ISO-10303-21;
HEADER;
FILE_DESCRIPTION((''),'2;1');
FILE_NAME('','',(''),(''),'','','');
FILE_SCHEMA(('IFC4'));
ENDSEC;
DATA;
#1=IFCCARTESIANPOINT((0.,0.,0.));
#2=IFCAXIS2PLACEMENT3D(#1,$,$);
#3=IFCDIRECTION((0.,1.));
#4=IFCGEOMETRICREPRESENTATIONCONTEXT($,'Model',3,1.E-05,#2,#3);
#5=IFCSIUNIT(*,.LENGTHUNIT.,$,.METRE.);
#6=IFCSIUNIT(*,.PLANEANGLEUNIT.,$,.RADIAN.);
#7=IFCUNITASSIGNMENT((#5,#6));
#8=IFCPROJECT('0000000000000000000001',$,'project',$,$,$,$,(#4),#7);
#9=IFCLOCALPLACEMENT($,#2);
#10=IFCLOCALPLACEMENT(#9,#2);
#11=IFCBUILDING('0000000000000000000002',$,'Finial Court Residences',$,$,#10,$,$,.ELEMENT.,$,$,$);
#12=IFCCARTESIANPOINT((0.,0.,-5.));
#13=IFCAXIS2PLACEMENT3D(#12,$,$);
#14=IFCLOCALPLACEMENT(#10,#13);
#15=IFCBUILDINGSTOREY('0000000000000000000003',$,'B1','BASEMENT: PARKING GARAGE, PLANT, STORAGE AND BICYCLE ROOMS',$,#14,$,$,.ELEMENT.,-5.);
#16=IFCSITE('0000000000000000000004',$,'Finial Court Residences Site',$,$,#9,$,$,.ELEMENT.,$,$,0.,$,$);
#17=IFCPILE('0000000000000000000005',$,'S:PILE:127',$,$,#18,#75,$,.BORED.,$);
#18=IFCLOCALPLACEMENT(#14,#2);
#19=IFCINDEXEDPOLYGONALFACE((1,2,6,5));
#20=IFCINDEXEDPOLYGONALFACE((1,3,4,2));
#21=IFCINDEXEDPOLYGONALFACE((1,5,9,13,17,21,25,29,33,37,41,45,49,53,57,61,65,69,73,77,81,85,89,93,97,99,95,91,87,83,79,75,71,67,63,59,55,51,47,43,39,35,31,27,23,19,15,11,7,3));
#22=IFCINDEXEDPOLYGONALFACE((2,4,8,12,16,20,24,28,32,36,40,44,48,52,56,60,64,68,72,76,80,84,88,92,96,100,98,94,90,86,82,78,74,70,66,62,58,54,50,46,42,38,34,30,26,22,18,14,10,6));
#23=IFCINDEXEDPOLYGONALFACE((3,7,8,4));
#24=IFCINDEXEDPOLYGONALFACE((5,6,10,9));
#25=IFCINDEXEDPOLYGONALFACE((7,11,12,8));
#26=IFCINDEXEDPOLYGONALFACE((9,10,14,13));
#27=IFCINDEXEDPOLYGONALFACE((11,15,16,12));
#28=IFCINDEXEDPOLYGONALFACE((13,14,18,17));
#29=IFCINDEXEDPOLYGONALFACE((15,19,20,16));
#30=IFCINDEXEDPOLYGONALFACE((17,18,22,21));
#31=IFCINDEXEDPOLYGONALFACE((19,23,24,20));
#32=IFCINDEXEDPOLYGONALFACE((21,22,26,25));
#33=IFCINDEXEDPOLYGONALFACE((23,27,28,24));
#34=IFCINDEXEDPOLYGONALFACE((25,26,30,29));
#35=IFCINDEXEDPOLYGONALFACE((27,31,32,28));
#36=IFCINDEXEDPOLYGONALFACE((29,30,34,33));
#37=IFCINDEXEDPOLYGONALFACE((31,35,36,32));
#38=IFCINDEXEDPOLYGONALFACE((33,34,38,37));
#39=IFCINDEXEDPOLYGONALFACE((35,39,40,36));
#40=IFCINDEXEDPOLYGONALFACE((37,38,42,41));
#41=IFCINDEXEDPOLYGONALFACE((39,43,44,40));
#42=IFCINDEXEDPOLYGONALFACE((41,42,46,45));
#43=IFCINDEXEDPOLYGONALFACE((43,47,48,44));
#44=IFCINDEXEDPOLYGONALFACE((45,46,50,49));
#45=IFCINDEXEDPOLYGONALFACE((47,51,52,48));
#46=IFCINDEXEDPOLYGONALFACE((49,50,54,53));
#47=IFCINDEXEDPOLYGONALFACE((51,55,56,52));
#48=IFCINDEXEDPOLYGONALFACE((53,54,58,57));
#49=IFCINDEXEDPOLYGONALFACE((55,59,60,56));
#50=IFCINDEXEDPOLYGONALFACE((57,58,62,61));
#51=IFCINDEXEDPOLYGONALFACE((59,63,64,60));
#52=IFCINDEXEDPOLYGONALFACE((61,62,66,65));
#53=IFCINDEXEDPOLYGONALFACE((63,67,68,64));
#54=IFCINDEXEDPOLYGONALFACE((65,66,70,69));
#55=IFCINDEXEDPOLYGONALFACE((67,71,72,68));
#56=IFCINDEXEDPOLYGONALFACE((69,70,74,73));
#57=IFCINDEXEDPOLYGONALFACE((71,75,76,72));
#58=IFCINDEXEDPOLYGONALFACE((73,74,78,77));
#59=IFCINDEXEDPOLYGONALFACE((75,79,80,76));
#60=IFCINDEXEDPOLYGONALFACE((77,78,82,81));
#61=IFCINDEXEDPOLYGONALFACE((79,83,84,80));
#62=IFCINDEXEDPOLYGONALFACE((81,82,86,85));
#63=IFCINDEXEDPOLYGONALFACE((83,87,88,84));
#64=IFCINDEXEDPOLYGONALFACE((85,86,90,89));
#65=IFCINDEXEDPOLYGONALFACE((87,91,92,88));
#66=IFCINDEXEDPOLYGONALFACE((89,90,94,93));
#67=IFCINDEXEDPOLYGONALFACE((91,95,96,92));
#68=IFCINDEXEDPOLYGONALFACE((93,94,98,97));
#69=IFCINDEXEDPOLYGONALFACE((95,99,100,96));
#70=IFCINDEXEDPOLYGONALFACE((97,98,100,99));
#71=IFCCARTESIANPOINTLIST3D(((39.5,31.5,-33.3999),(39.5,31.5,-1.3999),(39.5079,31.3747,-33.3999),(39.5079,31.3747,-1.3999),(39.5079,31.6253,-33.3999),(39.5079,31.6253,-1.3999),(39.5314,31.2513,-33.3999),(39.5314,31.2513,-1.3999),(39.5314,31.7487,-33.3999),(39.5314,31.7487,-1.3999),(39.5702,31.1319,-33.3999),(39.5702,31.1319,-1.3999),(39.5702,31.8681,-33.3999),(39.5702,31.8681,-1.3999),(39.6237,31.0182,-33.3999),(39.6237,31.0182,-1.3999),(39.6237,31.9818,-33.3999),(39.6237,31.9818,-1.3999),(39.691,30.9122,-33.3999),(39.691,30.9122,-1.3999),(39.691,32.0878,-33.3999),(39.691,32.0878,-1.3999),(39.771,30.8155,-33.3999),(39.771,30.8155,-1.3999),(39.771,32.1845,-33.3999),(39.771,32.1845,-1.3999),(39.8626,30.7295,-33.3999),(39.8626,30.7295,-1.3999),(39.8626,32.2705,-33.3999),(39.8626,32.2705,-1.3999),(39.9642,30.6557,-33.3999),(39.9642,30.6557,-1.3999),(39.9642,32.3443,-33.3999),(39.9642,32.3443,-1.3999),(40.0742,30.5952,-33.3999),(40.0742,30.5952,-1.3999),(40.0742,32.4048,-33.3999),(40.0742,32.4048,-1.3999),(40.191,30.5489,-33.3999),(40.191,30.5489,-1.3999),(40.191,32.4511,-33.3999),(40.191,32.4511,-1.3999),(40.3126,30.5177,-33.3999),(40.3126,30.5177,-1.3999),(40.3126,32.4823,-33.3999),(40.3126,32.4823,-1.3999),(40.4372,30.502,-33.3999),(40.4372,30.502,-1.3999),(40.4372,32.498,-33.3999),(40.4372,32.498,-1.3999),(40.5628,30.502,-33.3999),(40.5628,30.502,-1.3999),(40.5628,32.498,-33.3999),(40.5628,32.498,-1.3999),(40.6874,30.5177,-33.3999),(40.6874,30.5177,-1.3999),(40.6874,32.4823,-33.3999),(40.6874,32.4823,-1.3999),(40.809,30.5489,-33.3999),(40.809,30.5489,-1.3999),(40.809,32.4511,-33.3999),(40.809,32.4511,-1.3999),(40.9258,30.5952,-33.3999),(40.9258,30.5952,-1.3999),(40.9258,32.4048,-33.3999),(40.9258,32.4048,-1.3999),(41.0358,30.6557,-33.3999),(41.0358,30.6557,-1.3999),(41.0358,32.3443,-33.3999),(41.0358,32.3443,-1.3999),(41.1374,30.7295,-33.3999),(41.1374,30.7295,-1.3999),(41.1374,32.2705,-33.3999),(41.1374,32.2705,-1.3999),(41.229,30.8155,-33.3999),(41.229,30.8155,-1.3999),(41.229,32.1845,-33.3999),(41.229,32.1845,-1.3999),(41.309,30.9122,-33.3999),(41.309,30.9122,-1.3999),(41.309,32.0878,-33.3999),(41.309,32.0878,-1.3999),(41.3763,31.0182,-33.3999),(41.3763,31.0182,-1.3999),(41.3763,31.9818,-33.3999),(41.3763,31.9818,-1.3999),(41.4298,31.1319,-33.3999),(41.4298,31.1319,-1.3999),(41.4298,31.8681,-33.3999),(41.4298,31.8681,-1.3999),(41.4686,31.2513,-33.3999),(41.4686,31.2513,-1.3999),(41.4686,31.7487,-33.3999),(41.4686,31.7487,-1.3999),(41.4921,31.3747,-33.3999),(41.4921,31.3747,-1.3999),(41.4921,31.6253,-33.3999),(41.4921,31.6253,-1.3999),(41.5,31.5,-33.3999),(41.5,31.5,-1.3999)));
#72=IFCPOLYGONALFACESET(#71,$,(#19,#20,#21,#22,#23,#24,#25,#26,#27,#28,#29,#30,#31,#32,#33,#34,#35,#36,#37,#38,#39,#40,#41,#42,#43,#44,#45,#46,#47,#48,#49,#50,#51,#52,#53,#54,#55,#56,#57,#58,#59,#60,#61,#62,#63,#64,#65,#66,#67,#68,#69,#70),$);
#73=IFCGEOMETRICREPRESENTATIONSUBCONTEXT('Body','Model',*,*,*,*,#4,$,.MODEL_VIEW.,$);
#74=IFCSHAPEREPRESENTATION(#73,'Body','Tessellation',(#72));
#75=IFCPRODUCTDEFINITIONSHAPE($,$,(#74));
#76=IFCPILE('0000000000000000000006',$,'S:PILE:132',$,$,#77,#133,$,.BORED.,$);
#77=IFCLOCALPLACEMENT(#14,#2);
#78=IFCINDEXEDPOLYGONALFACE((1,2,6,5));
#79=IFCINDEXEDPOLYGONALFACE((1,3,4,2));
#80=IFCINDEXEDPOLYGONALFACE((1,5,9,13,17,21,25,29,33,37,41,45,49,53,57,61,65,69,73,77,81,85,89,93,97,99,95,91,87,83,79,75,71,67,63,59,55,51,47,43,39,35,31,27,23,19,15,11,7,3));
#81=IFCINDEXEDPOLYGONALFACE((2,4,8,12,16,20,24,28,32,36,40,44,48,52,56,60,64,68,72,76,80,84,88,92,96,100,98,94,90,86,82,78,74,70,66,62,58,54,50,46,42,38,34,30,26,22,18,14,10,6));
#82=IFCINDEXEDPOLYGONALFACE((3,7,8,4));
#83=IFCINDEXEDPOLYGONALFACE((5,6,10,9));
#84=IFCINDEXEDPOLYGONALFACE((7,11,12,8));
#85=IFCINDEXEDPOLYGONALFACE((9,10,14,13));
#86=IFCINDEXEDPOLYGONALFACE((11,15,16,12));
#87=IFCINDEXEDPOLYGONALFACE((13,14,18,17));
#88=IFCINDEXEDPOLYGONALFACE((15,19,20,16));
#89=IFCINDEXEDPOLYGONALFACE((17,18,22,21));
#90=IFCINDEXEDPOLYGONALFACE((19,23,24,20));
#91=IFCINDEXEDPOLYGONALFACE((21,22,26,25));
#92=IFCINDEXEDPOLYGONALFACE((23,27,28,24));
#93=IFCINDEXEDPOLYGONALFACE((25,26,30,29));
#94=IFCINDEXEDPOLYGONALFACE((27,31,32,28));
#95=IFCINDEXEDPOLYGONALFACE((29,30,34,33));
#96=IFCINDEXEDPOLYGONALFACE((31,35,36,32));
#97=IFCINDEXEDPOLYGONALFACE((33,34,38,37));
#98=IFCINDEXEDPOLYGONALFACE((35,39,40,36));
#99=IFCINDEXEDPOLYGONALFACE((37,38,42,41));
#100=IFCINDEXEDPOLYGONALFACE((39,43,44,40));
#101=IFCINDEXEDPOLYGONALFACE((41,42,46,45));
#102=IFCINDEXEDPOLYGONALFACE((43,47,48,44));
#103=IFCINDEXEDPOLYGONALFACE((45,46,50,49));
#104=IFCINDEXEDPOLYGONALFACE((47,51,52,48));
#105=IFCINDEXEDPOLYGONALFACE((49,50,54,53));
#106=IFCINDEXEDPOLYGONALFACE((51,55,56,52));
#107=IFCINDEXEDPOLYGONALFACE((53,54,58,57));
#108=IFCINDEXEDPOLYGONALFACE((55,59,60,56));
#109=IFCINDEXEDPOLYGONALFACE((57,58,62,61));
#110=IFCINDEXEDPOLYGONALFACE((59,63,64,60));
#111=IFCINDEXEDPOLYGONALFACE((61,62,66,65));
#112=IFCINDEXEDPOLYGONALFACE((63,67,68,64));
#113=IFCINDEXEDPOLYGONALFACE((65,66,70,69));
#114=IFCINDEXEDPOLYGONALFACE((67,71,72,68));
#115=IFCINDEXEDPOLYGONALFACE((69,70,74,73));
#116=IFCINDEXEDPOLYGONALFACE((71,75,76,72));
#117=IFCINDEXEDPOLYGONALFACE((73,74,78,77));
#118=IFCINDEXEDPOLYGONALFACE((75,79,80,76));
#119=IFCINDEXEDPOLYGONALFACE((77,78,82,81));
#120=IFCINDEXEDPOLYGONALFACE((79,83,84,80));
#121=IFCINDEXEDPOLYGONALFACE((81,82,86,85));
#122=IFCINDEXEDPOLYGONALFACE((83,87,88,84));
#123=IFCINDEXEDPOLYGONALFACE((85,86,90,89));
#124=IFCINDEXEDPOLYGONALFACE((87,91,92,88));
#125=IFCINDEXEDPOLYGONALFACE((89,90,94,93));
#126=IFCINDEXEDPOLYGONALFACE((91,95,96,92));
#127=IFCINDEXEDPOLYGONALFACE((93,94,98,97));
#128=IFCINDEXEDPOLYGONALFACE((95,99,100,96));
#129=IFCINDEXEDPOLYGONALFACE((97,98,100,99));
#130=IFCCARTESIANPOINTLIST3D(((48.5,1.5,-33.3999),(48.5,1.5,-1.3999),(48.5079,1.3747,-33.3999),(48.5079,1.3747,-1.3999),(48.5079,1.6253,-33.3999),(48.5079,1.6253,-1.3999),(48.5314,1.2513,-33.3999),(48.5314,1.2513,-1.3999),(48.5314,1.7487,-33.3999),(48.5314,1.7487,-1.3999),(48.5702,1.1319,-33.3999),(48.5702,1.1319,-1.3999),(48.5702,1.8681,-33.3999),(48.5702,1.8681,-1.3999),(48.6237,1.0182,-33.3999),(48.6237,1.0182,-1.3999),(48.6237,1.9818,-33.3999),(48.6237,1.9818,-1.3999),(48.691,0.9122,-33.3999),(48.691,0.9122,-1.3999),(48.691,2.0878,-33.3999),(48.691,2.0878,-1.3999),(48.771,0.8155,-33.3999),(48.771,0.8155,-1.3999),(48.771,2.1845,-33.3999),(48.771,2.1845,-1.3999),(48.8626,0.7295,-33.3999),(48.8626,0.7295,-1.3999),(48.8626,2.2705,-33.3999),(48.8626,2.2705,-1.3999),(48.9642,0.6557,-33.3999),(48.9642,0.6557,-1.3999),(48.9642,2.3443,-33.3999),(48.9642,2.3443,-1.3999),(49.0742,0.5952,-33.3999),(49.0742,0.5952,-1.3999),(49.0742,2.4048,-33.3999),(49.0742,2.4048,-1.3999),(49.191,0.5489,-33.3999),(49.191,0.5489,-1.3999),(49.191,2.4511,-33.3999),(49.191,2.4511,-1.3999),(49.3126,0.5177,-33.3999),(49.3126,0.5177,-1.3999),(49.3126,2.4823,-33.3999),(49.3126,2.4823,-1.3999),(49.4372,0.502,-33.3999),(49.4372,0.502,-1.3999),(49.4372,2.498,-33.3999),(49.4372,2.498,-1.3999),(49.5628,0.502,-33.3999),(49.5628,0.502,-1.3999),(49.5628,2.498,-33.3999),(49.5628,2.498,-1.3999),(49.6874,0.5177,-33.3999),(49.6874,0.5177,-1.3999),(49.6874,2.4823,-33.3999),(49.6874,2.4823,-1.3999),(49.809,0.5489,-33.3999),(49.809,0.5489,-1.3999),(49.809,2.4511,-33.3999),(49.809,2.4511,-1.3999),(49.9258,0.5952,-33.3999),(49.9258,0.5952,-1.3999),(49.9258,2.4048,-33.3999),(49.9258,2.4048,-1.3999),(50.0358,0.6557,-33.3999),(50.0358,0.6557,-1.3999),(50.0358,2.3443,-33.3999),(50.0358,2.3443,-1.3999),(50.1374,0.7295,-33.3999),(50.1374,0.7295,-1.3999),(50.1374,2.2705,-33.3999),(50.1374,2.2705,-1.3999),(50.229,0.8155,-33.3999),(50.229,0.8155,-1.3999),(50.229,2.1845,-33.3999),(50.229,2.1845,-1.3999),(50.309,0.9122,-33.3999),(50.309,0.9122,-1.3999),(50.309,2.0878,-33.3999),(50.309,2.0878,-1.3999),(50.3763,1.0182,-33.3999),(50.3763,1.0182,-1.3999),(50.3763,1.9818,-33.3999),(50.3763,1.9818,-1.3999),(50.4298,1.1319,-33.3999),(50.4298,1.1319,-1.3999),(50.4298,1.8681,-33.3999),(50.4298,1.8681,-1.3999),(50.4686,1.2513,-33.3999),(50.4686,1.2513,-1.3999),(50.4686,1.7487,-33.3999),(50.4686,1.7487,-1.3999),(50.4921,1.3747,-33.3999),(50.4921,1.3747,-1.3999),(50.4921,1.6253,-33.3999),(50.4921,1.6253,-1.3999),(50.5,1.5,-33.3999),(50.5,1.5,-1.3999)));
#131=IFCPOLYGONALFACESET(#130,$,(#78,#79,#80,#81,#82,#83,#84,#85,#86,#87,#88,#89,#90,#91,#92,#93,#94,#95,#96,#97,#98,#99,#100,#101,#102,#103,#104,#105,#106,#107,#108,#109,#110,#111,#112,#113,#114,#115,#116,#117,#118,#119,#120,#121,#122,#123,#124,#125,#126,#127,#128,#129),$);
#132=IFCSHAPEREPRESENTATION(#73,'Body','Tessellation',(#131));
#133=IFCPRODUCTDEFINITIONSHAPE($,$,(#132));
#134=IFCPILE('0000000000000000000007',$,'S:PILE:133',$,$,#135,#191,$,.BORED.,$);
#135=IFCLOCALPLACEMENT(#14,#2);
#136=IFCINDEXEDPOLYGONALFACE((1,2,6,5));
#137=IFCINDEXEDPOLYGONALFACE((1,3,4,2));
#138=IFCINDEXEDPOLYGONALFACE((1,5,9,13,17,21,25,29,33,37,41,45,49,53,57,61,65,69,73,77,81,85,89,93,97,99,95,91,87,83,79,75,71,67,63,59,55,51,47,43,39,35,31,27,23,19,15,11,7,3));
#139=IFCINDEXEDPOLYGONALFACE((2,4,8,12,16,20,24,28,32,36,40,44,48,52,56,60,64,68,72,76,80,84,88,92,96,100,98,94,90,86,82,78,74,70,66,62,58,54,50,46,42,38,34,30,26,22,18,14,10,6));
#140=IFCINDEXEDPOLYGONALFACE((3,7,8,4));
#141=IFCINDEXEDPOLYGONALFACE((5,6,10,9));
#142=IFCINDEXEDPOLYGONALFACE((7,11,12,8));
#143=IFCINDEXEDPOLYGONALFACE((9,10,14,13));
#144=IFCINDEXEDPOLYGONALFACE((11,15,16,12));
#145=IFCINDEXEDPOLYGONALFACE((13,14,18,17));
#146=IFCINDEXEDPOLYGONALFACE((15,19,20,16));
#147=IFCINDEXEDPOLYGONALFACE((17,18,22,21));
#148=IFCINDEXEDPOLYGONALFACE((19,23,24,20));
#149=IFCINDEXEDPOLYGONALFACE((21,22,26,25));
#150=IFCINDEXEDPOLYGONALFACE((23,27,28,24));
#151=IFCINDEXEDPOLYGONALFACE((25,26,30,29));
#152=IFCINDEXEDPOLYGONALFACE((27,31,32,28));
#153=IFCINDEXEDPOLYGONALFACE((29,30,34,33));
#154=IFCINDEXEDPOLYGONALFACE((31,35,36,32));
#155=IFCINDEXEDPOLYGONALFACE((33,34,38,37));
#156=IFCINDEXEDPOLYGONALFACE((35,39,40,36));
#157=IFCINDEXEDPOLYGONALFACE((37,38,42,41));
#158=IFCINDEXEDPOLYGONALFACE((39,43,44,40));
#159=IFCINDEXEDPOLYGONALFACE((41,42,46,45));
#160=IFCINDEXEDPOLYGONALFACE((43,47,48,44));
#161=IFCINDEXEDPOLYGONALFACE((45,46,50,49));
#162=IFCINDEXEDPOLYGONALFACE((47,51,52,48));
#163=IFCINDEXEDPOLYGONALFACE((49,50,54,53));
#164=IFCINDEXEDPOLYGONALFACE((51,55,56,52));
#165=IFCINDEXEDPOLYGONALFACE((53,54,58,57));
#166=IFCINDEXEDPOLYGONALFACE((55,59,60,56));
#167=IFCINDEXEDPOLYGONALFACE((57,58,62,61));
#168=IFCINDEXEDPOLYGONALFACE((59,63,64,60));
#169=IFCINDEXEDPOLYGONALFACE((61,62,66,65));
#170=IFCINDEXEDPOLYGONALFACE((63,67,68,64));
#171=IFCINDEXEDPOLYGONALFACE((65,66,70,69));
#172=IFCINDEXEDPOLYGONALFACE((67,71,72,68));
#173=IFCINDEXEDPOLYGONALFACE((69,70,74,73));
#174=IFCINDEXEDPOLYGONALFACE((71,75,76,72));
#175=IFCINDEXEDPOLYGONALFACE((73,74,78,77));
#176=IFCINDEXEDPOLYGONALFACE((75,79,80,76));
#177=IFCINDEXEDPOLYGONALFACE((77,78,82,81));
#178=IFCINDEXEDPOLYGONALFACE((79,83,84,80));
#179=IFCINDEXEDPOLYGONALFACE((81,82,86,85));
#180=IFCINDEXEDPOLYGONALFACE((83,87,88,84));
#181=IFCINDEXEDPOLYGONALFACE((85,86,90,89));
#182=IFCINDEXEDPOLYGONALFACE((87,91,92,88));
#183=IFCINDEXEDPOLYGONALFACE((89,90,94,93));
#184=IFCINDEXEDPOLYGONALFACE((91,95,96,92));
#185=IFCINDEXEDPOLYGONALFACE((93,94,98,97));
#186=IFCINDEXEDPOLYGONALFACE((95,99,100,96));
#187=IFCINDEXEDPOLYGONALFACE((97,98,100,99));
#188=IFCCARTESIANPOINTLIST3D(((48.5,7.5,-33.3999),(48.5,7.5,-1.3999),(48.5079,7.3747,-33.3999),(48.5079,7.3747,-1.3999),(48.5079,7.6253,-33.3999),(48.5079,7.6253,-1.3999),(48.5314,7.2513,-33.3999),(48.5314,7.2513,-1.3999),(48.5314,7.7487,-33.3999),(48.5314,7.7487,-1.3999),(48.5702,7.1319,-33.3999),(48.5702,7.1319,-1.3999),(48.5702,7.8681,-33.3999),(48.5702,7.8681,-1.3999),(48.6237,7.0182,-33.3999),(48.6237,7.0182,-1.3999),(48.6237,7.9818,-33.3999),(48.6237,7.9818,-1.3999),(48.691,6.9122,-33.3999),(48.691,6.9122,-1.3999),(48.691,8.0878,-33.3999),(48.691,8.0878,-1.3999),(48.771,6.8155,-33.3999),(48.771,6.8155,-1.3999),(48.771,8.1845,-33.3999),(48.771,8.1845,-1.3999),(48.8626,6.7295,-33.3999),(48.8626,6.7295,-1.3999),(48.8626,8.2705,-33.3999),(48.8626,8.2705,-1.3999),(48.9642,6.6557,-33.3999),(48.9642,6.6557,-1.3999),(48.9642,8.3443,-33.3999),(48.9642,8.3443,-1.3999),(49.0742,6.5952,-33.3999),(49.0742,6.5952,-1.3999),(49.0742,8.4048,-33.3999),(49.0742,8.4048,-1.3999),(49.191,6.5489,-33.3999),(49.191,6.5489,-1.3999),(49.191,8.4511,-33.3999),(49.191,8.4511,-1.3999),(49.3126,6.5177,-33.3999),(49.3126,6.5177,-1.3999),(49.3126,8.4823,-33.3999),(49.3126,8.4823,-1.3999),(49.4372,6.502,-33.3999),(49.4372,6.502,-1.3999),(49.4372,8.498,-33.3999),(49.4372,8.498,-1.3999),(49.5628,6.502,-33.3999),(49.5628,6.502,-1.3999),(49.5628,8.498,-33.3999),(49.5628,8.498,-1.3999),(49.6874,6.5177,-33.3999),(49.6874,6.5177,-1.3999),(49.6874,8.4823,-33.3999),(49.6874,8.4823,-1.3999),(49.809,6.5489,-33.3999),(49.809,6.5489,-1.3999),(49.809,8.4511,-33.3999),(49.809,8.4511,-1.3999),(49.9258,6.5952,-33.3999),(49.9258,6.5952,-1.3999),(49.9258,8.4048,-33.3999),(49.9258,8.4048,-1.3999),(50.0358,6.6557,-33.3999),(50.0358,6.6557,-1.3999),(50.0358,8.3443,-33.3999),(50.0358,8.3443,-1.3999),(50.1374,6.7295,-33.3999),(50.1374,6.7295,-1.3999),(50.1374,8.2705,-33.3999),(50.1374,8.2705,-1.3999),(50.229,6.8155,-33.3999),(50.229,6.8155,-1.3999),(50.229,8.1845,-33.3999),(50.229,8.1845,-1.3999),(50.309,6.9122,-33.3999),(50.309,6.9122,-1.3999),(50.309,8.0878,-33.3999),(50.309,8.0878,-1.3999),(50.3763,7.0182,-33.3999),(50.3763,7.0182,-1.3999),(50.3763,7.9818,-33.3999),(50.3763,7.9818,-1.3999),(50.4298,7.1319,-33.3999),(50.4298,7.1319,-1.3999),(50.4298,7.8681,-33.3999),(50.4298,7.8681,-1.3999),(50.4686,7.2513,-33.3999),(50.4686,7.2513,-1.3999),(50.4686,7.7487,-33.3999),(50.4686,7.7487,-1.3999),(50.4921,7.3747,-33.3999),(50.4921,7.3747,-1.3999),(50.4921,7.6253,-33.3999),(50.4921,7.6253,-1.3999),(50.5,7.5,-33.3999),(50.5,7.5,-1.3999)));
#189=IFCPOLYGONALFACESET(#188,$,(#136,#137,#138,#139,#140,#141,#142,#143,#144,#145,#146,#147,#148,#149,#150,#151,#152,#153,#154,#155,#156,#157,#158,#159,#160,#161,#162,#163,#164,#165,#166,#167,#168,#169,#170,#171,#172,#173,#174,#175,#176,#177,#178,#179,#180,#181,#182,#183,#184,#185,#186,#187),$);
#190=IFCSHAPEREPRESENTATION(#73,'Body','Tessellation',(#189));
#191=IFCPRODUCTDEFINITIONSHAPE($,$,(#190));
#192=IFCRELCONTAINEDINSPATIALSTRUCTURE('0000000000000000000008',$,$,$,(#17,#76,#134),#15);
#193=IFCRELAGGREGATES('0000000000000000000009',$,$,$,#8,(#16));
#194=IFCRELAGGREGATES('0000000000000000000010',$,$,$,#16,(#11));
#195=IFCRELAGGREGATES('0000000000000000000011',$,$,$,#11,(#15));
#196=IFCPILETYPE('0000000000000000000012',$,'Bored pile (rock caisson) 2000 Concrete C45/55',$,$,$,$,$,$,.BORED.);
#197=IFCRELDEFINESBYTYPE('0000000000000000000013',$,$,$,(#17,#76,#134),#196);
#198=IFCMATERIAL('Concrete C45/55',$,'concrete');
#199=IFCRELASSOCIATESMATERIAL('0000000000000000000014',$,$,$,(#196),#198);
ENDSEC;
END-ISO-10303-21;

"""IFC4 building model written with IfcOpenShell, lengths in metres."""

from ifc_helpers import new_model, si_unit, direction, frame, origin, origin_2d, place, context, subcontext, project, spatial, circle, extrude, material, material_profile, profile_set, type_object, element, save


model = new_model("IFC4")

# Units and contexts
model_context = context("Model", 3, precision=1e-05, world=origin(), true_north=direction((0.0, 1.0)))
body_context = subcontext(model_context, "Body", "Model", "MODEL_VIEW")
ifc_project = project(units=[si_unit("LENGTHUNIT", "METRE"), si_unit("PLANEANGLEUNIT", "RADIAN")], contexts=[model_context])

# Site, building, storey
site_placement = place(None, origin())
site = spatial("IfcSite", under=ifc_project, at=site_placement, Name="Finial Court Residences Site", CompositionType="ELEMENT", RefElevation=0.0)
building_placement = place(site_placement, origin())
building = spatial("IfcBuilding", under=site, at=building_placement, Name="Finial Court Residences", CompositionType="ELEMENT")
storey_placement = place(building_placement, frame((0.0, 0.0, -5.0)))
storey = spatial("IfcBuildingStorey", under=building, at=storey_placement, Name="B1", Description="BASEMENT: PARKING GARAGE, PLANT, STORAGE AND BICYCLE ROOMS", CompositionType="ELEMENT", Elevation=-5.0)

# Piles
ifc_material_1 = material(Name="Concrete C45/55", Category="concrete")
ifc_material_profile_1 = material_profile(ifc_material_1, circle(Radius=1.0, at=origin_2d()), Name="D2000")
ifc_profile_set_1 = profile_set([ifc_material_profile_1], Name="Concrete C45/55")
pile_type = type_object("IfcPileType", Name="Bored pile (rock caisson) 2000 Concrete C45/55", PredefinedType="BORED", material=ifc_profile_set_1)
for number, where, z_axis, x_axis, name in (
    (1, (40.5, 31.5, -1.3999), (0.0, 0.0, -1.0), (1.0, 0.0, 0.0), "S:PILE:127"),
    (2, (49.5, 1.5, -1.3999), (0.0, 0.0, -1.0), (1.0, 0.0, 0.0), "S:PILE:132"),
    (3, (49.5, 7.5, -1.3999), (0.0, 0.0, -1.0), (1.0, 0.0, 0.0), "S:PILE:133"),
):
    element("IfcPile", number, at=place(storey_placement, frame(where, z_axis=z_axis, x_axis=x_axis)), inside=storey, type_object=pile_type, Name=name, PredefinedType="BORED", context=body_context, shape_type="SweptSolid", body=[
        extrude(circle(Radius=1.0, at=origin_2d()), origin(), (0.0, 0.0, 1.0), 32.0),
    ])

save(model, "model.ifc")
